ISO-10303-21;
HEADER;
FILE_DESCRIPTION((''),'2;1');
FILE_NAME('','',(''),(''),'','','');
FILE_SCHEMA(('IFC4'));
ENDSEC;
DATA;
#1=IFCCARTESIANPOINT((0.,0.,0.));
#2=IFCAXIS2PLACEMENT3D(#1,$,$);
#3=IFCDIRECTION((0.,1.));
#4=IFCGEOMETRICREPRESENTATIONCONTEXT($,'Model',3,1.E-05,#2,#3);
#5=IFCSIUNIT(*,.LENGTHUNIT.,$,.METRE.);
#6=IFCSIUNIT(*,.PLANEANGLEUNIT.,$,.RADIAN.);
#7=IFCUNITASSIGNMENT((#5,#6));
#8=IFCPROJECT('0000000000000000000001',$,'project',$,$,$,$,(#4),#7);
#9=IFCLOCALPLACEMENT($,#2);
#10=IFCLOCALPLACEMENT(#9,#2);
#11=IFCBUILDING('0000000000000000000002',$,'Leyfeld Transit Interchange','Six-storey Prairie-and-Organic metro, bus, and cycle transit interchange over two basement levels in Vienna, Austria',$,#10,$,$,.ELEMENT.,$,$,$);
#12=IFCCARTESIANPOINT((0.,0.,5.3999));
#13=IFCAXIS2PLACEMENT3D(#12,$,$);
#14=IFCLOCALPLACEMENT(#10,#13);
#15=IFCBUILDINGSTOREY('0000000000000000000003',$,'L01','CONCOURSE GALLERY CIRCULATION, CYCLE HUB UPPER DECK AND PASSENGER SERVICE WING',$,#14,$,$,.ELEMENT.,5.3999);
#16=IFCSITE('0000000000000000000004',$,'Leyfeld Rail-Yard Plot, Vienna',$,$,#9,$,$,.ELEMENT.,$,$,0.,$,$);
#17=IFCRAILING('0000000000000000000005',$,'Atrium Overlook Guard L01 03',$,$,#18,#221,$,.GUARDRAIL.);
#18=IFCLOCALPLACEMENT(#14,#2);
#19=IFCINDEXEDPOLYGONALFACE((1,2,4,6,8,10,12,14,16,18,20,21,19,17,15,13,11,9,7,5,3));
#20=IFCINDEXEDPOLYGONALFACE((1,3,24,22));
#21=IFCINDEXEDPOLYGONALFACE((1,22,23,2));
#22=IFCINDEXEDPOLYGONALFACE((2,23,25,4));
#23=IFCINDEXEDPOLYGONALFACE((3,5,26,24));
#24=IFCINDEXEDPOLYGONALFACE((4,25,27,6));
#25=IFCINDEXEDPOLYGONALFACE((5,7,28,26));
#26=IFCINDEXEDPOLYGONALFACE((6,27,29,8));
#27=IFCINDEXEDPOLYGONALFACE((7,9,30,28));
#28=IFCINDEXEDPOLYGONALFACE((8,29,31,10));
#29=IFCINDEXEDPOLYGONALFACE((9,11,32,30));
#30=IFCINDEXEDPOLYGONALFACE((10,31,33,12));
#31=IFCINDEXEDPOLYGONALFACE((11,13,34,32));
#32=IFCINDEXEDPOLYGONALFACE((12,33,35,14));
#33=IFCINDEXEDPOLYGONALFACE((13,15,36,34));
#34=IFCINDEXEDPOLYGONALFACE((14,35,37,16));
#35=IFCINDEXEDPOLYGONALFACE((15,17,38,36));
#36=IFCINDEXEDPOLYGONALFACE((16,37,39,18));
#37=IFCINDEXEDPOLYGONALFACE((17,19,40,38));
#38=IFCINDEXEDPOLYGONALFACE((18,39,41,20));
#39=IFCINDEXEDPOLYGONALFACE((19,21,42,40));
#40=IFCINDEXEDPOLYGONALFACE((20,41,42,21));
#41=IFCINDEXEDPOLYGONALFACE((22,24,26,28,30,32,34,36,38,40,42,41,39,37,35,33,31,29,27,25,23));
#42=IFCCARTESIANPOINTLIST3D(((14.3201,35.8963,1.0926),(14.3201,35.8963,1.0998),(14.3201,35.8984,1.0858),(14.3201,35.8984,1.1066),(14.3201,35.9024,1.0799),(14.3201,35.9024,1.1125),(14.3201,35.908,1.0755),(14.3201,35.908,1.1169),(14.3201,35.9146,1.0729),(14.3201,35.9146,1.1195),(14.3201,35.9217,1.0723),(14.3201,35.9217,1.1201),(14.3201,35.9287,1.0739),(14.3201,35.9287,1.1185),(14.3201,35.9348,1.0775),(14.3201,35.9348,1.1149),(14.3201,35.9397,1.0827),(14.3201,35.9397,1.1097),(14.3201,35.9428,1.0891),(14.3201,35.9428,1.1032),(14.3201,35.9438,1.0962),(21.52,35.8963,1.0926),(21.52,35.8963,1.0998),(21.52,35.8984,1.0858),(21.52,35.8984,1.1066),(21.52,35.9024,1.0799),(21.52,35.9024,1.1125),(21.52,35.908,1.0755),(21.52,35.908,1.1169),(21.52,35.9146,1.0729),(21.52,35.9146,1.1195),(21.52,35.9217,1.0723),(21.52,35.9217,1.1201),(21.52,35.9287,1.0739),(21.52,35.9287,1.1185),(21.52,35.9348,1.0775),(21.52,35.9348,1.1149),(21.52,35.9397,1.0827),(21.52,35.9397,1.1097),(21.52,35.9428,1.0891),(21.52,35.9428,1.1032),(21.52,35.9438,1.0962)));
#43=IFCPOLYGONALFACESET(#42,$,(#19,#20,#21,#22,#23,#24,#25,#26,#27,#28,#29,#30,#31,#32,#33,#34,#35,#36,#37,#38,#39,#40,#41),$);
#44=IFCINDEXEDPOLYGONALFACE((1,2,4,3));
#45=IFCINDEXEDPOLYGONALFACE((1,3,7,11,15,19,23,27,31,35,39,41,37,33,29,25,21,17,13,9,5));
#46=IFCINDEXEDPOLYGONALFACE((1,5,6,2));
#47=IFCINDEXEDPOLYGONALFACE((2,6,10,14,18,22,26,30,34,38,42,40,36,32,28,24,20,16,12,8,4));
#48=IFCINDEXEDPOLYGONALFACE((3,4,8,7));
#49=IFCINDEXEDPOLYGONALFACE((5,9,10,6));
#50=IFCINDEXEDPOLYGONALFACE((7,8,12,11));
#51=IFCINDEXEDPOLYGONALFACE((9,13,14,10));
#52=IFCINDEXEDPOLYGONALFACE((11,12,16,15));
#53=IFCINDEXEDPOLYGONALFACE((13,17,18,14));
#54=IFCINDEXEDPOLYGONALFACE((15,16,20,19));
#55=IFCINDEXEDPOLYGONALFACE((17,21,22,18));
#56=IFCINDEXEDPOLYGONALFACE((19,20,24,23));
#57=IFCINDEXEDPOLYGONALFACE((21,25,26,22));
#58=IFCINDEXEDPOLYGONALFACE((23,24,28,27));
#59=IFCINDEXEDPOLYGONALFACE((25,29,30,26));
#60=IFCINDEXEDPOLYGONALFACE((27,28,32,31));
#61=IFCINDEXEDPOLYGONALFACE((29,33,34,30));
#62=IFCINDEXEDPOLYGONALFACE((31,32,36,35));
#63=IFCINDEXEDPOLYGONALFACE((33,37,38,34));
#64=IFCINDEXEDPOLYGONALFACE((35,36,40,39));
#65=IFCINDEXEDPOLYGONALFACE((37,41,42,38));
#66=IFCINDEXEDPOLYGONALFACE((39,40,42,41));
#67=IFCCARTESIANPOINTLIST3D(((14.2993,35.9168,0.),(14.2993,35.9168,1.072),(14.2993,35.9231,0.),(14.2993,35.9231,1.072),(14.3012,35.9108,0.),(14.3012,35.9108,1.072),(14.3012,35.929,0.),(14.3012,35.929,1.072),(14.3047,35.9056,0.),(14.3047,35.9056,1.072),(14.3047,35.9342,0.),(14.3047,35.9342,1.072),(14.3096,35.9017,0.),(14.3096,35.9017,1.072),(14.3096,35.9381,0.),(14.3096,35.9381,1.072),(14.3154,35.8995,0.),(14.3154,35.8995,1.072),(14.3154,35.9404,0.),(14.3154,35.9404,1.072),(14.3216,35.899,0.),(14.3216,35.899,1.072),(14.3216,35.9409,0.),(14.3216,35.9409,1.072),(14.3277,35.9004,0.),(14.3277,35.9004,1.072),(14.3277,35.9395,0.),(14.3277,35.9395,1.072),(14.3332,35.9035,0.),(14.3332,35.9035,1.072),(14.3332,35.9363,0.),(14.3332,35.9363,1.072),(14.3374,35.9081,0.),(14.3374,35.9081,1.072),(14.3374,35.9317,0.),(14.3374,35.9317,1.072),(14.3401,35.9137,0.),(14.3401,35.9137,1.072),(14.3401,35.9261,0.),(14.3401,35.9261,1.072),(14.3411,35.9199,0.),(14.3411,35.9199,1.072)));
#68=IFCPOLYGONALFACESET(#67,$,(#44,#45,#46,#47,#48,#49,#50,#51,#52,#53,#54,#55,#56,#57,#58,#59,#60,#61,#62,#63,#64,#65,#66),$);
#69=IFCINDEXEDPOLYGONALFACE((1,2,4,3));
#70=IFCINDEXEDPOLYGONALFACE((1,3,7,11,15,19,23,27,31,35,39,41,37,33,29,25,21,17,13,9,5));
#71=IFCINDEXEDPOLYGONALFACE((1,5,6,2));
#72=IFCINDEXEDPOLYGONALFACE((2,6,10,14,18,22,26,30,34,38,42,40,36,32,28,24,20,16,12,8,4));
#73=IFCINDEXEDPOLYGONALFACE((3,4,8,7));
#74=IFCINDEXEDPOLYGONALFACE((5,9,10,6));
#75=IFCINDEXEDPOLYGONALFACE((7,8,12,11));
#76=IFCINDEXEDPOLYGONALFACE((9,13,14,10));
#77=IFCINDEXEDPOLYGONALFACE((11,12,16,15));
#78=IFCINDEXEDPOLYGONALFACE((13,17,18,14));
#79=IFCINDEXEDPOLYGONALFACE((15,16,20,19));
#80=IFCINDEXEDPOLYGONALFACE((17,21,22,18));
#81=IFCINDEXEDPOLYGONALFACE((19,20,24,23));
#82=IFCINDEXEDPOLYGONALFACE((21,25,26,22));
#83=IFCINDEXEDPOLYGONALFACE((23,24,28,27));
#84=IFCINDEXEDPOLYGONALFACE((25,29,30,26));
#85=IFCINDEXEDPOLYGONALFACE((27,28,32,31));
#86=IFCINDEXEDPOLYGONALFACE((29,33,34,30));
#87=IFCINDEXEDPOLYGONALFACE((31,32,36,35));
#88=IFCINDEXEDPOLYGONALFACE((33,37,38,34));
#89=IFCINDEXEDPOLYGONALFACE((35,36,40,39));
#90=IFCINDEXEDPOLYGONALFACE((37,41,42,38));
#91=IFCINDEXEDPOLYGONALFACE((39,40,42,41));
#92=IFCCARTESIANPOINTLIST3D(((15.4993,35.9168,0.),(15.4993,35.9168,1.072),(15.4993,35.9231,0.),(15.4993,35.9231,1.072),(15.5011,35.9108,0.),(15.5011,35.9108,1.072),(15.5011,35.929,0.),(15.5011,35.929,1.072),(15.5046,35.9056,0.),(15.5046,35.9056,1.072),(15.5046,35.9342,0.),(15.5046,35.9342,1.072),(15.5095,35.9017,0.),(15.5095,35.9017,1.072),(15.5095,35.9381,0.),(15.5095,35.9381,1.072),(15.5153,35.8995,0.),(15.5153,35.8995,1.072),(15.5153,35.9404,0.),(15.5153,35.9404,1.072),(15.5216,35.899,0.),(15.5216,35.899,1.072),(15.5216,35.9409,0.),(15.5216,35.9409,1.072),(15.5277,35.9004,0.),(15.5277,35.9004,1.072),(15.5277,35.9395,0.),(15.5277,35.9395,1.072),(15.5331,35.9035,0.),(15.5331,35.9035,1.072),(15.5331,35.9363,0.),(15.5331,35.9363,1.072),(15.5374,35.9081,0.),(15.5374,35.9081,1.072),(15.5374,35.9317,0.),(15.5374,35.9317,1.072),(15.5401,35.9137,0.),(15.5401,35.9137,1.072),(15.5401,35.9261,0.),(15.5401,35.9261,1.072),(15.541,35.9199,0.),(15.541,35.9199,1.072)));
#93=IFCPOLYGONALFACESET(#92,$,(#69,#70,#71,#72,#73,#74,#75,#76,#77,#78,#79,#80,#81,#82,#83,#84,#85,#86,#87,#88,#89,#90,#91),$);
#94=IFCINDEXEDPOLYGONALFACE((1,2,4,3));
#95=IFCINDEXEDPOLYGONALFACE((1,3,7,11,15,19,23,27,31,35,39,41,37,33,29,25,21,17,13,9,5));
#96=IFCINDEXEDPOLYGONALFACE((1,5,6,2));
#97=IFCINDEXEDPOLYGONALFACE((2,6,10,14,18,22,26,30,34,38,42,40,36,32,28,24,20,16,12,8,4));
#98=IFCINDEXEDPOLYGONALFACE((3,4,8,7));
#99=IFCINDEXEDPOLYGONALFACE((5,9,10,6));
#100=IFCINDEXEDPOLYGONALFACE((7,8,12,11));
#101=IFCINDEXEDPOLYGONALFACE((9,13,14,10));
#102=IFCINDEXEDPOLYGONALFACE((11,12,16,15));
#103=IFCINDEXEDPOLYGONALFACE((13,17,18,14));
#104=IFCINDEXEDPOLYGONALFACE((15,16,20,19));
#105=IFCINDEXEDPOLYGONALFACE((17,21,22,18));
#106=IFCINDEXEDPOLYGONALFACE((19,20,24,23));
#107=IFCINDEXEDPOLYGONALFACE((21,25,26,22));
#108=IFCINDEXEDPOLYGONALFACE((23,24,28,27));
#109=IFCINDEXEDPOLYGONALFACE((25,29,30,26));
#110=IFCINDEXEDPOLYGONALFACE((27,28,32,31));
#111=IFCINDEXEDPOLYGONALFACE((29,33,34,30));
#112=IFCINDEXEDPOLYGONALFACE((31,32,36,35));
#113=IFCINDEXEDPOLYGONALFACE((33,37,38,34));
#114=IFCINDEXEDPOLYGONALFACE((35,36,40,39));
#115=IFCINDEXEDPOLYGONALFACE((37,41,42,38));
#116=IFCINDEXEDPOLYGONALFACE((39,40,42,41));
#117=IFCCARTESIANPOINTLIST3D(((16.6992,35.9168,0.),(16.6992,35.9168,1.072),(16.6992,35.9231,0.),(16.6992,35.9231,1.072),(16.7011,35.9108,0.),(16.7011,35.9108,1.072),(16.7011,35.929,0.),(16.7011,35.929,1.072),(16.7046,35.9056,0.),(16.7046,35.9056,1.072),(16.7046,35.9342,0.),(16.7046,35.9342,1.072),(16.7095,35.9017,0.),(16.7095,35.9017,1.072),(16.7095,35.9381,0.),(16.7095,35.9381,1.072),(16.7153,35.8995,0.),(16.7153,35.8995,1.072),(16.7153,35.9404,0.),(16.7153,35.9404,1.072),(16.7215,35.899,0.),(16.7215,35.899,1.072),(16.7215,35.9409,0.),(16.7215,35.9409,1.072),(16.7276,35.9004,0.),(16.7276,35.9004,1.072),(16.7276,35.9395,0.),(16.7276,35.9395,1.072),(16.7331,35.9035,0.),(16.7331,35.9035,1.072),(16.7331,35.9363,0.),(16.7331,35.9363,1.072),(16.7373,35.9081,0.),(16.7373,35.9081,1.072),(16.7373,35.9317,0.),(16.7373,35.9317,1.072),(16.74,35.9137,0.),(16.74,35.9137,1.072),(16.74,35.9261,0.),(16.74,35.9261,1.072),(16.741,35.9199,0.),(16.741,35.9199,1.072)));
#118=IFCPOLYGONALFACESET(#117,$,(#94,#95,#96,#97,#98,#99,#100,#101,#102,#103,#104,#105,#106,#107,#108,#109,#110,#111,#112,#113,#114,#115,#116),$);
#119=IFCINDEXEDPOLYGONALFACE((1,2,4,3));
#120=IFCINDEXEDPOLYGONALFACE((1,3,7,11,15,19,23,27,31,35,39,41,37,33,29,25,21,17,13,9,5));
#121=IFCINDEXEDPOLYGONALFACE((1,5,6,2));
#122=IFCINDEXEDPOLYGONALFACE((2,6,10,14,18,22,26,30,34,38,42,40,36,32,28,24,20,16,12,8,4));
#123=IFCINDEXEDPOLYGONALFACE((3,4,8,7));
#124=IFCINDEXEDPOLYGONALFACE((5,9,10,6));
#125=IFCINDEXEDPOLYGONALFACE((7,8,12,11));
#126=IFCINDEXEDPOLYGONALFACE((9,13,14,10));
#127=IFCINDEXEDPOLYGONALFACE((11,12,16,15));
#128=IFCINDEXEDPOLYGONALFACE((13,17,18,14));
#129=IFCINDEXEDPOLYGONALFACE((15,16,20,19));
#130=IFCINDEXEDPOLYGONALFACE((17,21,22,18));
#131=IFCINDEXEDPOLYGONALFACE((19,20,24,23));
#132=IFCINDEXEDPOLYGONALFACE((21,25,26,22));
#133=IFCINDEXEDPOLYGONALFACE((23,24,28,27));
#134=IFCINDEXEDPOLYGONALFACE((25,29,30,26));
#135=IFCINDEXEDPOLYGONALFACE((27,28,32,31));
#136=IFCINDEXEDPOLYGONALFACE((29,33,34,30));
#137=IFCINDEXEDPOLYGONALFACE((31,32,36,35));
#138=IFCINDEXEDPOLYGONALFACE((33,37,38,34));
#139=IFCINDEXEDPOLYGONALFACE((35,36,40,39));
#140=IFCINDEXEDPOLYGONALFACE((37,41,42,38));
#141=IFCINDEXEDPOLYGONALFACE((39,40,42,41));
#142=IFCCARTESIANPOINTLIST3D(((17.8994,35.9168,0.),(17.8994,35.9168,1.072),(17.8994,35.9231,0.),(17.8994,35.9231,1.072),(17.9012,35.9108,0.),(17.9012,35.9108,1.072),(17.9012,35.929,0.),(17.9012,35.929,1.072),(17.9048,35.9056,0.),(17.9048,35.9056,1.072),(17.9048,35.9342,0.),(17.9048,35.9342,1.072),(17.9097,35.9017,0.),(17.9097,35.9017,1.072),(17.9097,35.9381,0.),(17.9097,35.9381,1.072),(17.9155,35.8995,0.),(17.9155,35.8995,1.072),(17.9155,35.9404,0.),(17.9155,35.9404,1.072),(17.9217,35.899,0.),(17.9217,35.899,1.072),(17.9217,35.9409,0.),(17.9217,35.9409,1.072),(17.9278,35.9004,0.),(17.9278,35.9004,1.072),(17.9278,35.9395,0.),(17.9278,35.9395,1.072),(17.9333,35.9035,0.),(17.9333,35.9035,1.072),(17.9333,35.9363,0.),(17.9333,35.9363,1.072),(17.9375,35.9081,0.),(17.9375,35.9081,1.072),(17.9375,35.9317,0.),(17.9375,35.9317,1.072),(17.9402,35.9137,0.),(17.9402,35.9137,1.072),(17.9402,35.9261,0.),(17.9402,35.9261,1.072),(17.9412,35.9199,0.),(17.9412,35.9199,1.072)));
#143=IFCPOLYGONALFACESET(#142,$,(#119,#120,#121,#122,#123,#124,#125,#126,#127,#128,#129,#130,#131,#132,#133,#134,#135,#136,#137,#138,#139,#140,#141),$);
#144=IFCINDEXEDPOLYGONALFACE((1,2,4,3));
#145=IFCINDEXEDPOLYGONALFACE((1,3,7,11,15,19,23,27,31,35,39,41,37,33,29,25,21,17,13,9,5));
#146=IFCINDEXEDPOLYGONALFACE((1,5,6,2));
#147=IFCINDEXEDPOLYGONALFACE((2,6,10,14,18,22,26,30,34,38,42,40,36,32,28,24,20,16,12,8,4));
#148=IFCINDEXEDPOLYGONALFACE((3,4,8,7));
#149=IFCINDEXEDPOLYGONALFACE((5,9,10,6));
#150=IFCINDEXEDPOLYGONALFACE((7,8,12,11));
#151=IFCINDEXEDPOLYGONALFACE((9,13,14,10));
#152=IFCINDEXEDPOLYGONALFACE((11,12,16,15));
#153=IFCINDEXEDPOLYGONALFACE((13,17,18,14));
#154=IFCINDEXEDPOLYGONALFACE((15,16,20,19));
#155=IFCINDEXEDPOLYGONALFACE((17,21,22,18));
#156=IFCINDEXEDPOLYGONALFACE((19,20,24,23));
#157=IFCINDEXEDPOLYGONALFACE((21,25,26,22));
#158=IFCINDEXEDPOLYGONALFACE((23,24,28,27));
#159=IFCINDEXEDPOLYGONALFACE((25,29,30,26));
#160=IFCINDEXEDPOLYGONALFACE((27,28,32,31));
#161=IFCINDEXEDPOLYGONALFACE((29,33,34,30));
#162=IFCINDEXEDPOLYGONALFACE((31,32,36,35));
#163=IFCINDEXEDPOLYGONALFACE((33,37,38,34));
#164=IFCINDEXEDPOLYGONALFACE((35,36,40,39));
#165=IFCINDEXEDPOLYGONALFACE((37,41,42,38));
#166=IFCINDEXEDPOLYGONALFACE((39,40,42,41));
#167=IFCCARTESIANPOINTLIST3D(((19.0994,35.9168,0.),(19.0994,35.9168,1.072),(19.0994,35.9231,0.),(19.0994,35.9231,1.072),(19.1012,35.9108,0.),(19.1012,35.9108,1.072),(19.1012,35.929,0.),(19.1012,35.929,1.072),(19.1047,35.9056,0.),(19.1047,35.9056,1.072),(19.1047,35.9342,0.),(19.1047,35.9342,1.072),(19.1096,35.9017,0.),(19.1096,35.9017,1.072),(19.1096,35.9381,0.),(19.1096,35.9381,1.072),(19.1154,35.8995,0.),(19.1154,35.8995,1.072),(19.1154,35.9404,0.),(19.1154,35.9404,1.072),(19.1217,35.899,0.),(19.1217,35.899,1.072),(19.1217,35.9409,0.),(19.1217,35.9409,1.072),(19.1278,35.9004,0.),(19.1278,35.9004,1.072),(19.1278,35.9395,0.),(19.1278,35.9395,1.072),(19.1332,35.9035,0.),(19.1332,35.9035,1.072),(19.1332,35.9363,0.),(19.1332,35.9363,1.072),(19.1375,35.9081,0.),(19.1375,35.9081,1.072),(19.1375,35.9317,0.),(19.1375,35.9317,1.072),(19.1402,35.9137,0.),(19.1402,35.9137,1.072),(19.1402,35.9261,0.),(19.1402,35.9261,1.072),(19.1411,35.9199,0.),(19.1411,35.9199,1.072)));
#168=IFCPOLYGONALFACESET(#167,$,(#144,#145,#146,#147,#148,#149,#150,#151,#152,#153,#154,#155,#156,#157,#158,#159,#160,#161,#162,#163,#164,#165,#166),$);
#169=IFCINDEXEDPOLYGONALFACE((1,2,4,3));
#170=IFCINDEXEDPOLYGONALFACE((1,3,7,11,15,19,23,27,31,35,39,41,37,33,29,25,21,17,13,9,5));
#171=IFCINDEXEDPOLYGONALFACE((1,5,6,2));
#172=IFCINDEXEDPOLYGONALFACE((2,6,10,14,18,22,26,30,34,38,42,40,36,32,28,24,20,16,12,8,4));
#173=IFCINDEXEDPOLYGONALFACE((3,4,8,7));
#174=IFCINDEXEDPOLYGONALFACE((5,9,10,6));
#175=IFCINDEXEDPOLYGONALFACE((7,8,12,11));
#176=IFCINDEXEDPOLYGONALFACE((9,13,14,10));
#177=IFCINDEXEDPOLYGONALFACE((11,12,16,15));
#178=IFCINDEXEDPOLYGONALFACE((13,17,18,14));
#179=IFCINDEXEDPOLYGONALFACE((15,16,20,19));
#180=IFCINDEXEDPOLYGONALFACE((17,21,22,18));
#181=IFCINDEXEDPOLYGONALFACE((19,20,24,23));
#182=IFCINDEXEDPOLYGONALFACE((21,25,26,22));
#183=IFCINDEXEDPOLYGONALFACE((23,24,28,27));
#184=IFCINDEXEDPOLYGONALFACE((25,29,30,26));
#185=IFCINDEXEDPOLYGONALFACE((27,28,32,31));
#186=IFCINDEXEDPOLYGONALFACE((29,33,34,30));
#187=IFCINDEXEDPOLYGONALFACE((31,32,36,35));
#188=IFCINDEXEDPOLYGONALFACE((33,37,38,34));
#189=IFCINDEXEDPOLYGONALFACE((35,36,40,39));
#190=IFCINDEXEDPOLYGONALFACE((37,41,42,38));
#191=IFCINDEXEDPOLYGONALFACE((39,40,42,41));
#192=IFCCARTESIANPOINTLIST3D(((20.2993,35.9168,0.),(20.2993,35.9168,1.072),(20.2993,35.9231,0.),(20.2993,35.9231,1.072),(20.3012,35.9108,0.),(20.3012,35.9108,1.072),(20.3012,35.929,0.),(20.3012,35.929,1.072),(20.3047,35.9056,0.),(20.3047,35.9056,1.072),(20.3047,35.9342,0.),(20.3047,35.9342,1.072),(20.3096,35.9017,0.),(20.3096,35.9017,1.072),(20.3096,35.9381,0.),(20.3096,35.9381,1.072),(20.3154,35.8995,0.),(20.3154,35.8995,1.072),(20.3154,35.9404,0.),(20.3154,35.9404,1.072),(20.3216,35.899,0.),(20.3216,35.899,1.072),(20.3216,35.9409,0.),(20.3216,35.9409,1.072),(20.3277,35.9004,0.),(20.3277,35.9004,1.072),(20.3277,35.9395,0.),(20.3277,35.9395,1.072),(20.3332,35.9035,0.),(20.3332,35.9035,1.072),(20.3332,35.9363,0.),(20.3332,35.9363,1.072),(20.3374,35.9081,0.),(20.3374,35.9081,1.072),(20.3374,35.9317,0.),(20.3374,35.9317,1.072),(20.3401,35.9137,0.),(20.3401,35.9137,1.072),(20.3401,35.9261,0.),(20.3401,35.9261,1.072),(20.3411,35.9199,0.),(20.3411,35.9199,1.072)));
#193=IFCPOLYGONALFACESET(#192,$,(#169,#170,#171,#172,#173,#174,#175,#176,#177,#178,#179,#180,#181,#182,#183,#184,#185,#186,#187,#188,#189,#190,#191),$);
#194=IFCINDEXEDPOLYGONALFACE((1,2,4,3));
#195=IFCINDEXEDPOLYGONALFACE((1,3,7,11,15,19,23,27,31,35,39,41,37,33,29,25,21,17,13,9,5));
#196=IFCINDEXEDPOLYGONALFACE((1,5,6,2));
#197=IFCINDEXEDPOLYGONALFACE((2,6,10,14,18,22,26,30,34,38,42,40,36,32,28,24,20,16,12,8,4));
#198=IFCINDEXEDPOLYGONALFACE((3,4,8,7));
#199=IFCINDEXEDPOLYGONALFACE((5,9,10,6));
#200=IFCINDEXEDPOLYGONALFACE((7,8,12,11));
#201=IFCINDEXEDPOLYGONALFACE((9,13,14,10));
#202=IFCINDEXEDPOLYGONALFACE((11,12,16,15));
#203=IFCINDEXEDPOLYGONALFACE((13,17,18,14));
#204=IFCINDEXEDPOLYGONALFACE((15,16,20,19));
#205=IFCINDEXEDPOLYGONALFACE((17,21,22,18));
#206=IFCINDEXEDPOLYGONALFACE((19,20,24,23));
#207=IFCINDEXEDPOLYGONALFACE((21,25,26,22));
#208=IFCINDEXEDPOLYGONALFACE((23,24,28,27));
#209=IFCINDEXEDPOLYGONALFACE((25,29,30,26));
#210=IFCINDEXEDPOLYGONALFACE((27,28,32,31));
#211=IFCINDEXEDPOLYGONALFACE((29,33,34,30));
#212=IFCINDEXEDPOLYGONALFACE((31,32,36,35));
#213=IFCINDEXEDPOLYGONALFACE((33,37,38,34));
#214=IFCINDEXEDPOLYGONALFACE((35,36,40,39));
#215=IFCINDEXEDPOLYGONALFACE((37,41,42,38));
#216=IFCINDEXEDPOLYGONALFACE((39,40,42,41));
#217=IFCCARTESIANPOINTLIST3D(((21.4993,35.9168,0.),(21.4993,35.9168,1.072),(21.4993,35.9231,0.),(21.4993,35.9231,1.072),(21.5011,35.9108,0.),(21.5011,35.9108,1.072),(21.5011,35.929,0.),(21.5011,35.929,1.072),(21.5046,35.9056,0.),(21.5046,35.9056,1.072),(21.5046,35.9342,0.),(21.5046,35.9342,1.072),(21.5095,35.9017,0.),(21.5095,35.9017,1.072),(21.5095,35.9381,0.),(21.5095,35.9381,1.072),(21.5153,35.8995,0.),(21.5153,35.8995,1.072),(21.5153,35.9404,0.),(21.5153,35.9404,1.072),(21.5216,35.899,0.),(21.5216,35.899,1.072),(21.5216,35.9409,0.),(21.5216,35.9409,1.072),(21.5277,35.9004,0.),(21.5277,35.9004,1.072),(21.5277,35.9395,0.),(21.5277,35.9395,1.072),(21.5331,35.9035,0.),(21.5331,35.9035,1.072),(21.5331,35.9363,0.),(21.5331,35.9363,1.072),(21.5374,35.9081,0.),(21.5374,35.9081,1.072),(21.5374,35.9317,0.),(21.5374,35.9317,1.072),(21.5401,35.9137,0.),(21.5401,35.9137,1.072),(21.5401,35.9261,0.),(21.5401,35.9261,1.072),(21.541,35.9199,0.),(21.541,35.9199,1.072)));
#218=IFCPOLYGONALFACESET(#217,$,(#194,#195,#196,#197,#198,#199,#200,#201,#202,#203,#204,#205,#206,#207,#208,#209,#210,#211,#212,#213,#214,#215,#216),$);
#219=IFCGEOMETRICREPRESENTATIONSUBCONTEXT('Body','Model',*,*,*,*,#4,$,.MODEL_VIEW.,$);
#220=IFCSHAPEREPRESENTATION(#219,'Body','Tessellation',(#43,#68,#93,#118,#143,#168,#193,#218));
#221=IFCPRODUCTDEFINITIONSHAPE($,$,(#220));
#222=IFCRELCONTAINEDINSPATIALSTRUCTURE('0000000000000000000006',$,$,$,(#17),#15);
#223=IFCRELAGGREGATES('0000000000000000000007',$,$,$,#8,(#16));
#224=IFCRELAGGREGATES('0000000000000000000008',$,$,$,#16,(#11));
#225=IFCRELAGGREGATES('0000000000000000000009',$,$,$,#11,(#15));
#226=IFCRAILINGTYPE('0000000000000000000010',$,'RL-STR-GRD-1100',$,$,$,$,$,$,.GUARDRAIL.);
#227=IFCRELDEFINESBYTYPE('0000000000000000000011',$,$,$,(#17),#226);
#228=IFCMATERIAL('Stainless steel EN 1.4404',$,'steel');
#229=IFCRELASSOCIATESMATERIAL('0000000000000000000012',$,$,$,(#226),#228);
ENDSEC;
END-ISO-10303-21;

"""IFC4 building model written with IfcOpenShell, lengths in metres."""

from ifc_helpers import new_model, si_unit, direction, frame, origin, origin_2d, place, context, subcontext, project, spatial, circle, extrude, material, type_object, element, save


model = new_model("IFC4")

# Units and contexts
model_context = context("Model", 3, precision=1e-05, world=origin(), true_north=direction((0.0, 1.0)))
body_context = subcontext(model_context, "Body", "Model", "MODEL_VIEW")
ifc_project = project(units=[si_unit("LENGTHUNIT", "METRE"), si_unit("PLANEANGLEUNIT", "RADIAN")], contexts=[model_context])

# Site, building, storey
site_placement = place(None, origin())
site = spatial("IfcSite", under=ifc_project, at=site_placement, Name="Leyfeld Rail-Yard Plot, Vienna", CompositionType="ELEMENT", RefElevation=0.0)
building_placement = place(site_placement, origin())
building = spatial("IfcBuilding", under=site, at=building_placement, Name="Leyfeld Transit Interchange", Description="Six-storey Prairie-and-Organic metro, bus, and cycle transit interchange over two basement levels in Vienna, Austria", CompositionType="ELEMENT")
storey_placement = place(building_placement, frame((0.0, 0.0, 5.3999)))
storey = spatial("IfcBuildingStorey", under=building, at=storey_placement, Name="L01", Description="CONCOURSE GALLERY CIRCULATION, CYCLE HUB UPPER DECK AND PASSENGER SERVICE WING", CompositionType="ELEMENT", Elevation=5.3999)

# Railing
ifc_material_1 = material(Name="Stainless steel EN 1.4404", Category="steel")
railing_type = type_object("IfcRailingType", Name="RL-STR-GRD-1100", PredefinedType="GUARDRAIL", material=ifc_material_1)
railing_1_placement = place(storey_placement, frame((14.3201, 35.9199, 0.0)))
element("IfcRailing", 1, at=railing_1_placement, inside=storey, type_object=railing_type, Name="Atrium Overlook Guard L01 03", PredefinedType="GUARDRAIL", context=body_context, shape_type="SweptSolid", body=[
    extrude(circle(Radius=0.0239, at=origin_2d()), frame((0.0, 0.0, 1.0962), z_axis=(1.0, 0.0, 0.0), x_axis=(0.0, 1.0, 0.0)), (0.0, 0.0, 1.0), 7.2),
    extrude(circle(Radius=0.021, at=origin_2d()), origin(), (0.0, 0.0, 1.0), 1.072),
    extrude(circle(Radius=0.021, at=origin_2d()), frame((1.2, 0.0, 0.0)), (0.0, 0.0, 1.0), 1.072),
    extrude(circle(Radius=0.021, at=origin_2d()), frame((2.3999, 0.0, 0.0)), (0.0, 0.0, 1.0), 1.072),
    extrude(circle(Radius=0.021, at=origin_2d()), frame((3.6001, 0.0, 0.0)), (0.0, 0.0, 1.0), 1.072),
    extrude(circle(Radius=0.021, at=origin_2d()), frame((4.8, 0.0, 0.0)), (0.0, 0.0, 1.0), 1.072),
    extrude(circle(Radius=0.021, at=origin_2d()), frame((6.0, 0.0, 0.0)), (0.0, 0.0, 1.0), 1.072),
    extrude(circle(Radius=0.021, at=origin_2d()), frame((7.2, 0.0, 0.0)), (0.0, 0.0, 1.0), 1.072),
])

save(model, "model.ifc")
